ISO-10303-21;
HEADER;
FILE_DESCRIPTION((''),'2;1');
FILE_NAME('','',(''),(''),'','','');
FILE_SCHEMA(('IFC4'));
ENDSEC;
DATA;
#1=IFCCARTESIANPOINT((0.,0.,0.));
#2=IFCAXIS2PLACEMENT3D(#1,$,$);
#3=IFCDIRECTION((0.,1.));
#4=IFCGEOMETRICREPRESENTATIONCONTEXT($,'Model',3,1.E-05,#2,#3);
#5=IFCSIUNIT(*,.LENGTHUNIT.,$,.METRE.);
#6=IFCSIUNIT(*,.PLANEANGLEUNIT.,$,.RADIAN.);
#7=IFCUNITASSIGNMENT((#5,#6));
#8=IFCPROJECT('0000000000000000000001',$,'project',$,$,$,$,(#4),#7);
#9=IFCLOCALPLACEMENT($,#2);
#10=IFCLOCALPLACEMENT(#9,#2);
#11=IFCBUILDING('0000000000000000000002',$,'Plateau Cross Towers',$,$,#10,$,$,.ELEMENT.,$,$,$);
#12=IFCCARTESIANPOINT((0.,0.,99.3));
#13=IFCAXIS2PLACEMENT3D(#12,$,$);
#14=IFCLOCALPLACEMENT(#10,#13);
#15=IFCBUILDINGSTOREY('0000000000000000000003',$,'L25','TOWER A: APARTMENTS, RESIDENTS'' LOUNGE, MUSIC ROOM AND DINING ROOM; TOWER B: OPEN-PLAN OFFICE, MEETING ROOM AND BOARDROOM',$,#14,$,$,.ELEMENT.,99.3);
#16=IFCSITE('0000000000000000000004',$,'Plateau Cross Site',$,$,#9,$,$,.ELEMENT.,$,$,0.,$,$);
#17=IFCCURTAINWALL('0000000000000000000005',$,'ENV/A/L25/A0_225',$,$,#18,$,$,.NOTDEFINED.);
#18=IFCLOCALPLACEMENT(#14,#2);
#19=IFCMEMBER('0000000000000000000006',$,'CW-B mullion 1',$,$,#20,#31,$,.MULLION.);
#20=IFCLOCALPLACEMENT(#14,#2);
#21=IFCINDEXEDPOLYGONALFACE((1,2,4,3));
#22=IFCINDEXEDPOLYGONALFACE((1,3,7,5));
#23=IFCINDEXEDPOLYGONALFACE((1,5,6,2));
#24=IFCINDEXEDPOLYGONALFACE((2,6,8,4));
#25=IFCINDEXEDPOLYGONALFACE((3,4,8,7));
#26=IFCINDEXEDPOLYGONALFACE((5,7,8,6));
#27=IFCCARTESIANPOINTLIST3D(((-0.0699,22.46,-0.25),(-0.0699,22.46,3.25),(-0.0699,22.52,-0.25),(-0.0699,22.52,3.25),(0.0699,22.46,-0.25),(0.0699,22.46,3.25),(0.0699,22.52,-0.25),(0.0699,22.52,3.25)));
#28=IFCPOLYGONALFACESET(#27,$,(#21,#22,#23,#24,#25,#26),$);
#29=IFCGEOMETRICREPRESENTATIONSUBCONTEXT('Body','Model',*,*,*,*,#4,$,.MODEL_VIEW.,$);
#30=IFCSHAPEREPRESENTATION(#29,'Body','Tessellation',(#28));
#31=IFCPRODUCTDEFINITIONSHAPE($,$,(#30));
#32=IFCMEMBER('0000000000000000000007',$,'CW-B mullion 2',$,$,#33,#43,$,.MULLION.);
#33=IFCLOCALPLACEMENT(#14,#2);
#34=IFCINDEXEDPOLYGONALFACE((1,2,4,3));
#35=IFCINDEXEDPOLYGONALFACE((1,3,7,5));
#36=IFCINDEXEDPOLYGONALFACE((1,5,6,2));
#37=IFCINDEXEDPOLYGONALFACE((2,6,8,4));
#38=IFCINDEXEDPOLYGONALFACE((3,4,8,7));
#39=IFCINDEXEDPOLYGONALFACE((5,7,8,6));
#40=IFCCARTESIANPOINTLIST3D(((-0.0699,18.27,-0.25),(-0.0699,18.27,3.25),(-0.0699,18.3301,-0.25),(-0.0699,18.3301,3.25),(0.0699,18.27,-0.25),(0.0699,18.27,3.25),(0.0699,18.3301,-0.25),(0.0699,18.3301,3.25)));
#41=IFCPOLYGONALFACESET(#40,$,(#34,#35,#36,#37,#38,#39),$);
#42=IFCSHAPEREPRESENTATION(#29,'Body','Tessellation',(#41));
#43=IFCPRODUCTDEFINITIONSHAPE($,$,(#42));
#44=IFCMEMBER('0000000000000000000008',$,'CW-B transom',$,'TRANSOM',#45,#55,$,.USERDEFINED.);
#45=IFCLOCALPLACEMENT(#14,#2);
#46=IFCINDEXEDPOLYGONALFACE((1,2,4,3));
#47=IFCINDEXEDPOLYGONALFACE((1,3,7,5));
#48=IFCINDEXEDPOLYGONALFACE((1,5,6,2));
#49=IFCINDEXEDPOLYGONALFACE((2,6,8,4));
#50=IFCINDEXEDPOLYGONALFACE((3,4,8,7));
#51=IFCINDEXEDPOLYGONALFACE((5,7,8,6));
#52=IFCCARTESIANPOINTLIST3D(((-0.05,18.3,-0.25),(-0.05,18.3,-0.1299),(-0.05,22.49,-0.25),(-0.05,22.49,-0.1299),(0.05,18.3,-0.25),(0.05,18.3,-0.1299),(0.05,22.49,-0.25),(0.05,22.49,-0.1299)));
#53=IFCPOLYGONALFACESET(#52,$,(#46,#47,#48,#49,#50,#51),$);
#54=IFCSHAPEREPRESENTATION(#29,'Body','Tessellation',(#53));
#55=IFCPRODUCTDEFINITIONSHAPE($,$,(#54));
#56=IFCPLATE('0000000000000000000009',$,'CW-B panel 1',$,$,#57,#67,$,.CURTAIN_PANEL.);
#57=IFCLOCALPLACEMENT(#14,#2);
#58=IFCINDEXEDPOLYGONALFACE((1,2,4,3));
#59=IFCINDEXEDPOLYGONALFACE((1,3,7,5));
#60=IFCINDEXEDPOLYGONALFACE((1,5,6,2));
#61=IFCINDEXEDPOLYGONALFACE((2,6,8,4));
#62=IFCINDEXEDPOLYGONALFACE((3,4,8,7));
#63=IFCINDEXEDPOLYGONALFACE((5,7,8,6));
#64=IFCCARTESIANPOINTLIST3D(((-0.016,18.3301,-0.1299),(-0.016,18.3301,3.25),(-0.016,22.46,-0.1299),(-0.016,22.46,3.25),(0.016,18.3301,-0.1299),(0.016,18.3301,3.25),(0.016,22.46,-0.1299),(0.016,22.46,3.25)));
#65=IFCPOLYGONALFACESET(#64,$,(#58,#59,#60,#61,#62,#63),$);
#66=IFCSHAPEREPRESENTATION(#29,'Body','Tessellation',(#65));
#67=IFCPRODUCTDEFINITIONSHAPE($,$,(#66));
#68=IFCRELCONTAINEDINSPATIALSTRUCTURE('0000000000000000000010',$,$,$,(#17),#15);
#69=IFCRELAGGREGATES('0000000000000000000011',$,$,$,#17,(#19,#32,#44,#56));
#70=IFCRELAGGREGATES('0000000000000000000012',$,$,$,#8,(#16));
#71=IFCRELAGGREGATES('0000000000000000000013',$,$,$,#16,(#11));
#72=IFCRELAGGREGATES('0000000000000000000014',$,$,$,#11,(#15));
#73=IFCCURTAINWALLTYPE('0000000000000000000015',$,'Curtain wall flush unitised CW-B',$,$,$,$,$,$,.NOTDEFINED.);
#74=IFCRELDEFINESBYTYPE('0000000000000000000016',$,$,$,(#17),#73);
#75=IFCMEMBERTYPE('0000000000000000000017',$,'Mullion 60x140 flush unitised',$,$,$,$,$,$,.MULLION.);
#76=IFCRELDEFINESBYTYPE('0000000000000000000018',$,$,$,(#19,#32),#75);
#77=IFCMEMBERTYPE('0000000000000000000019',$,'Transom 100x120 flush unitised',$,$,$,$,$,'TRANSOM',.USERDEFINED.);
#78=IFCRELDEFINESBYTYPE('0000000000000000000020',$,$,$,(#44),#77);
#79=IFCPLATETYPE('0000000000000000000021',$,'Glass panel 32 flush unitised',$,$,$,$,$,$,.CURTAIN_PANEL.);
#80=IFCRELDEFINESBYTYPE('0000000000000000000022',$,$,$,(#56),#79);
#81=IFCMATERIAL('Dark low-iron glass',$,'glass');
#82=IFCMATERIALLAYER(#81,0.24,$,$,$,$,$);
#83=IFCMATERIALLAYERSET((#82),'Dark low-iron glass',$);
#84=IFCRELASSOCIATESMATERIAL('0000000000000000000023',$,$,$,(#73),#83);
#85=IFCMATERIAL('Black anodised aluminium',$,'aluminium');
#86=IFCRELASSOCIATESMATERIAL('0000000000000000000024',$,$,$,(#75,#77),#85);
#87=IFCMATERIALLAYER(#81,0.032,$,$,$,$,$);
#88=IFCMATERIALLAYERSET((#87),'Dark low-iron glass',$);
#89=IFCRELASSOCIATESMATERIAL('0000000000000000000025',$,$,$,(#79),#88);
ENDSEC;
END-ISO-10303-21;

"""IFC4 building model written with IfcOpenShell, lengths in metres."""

from ifc_helpers import new_model, si_unit, direction, frame, origin, origin_2d, place, context, subcontext, project, spatial, rectangle, extrude, material, layer, layer_set, material_profile, profile_set, type_object, element, aggregate, save


model = new_model("IFC4")

# Units and contexts
model_context = context("Model", 3, precision=1e-05, world=origin(), true_north=direction((0.0, 1.0)))
body_context = subcontext(model_context, "Body", "Model", "MODEL_VIEW")
ifc_project = project(units=[si_unit("LENGTHUNIT", "METRE"), si_unit("PLANEANGLEUNIT", "RADIAN")], contexts=[model_context])

# Site, building, storey
site_placement = place(None, origin())
site = spatial("IfcSite", under=ifc_project, at=site_placement, Name="Plateau Cross Site", CompositionType="ELEMENT", RefElevation=0.0)
building_placement = place(site_placement, origin())
building = spatial("IfcBuilding", under=site, at=building_placement, Name="Plateau Cross Towers", CompositionType="ELEMENT")
storey_placement = place(building_placement, frame((0.0, 0.0, 99.3)))
storey = spatial("IfcBuildingStorey", under=building, at=storey_placement, Name="L25", Description="TOWER A: APARTMENTS, RESIDENTS' LOUNGE, MUSIC ROOM AND DINING ROOM; TOWER B: OPEN-PLAN OFFICE, MEETING ROOM AND BOARDROOM", CompositionType="ELEMENT", Elevation=99.3)

# Curtain wall, members, plate
ifc_material_1 = material(Name="Dark low-iron glass", Category="glass")
ifc_layer_1 = layer(ifc_material_1, 0.24)
ifc_layer_set_1 = layer_set([ifc_layer_1], Name="Dark low-iron glass")
curtain_wall_type = type_object("IfcCurtainWallType", Name="Curtain wall flush unitised CW-B", PredefinedType="NOTDEFINED", material=ifc_layer_set_1)
curtain_wall_placement = place(storey_placement, origin())
curtain_wall = element("IfcCurtainWall", 1, at=curtain_wall_placement, inside=storey, type_object=curtain_wall_type, Name="ENV/A/L25/A0_225", PredefinedType="NOTDEFINED")
ifc_material_2 = material(Name="Black anodised aluminium", Category="aluminium")
ifc_material_profile_1 = material_profile(ifc_material_2, rectangle(XDim=0.0601, YDim=0.1399, at=origin_2d()), Name="MULLION 60x140")
ifc_profile_set_1 = profile_set([ifc_material_profile_1], Name="Black anodised aluminium")
member_type_1 = type_object("IfcMemberType", Name="Mullion 60x140 flush unitised", PredefinedType="MULLION", material=ifc_profile_set_1)
member_1_placement = place(storey_placement, frame((0.0, 22.49, -0.25), z_axis=(0.0, 0.0, 1.0), x_axis=(0.0, -1.0, 0.0)))
member_1 = element("IfcMember", 2, at=member_1_placement, type_object=member_type_1, Name="CW-B mullion 1", PredefinedType="MULLION", context=body_context, shape_type="SweptSolid", body=[
    extrude(rectangle(XDim=0.0601, YDim=0.1399, at=origin_2d()), origin(), (0.0, 0.0, 1.0), 3.5),
])
member_2_placement = place(storey_placement, frame((0.0, 18.3, -0.25), z_axis=(0.0, 0.0, 1.0), x_axis=(0.0, -1.0, 0.0)))
member_2 = element("IfcMember", 3, at=member_2_placement, type_object=member_type_1, Name="CW-B mullion 2", PredefinedType="MULLION", context=body_context, shape_type="SweptSolid", body=[
    extrude(rectangle(XDim=0.0601, YDim=0.1399, at=origin_2d()), origin(), (0.0, 0.0, 1.0), 3.5),
])
ifc_material_profile_2 = material_profile(ifc_material_2, rectangle(XDim=0.1001, YDim=0.1201, at=origin_2d()), Name="TRANSOM 100x120")
ifc_profile_set_2 = profile_set([ifc_material_profile_2], Name="Black anodised aluminium")
member_type_2 = type_object("IfcMemberType", Name="Transom 100x120 flush unitised", ElementType="TRANSOM", PredefinedType="USERDEFINED", material=ifc_profile_set_2)
member_3_placement = place(storey_placement, frame((0.0, 22.49, -0.1899), z_axis=(0.0, -1.0, 0.0), x_axis=(1.0, 0.0, 0.0)))
member_3 = element("IfcMember", 4, at=member_3_placement, type_object=member_type_2, Name="CW-B transom", ObjectType="TRANSOM", PredefinedType="USERDEFINED", context=body_context, shape_type="SweptSolid", body=[
    extrude(rectangle(XDim=0.1001, YDim=0.1201, at=origin_2d()), origin(), (0.0, 0.0, 1.0), 4.1899),
])
ifc_layer_2 = layer(ifc_material_1, 0.032)
ifc_layer_set_2 = layer_set([ifc_layer_2], Name="Dark low-iron glass")
plate_type = type_object("IfcPlateType", Name="Glass panel 32 flush unitised", PredefinedType="CURTAIN_PANEL", material=ifc_layer_set_2)
plate_placement = place(storey_placement, frame((0.0, 20.395, -0.1299), z_axis=(0.0, 0.0, 1.0), x_axis=(0.0, -1.0, 0.0)))
plate = element("IfcPlate", 5, at=plate_placement, type_object=plate_type, Name="CW-B panel 1", PredefinedType="CURTAIN_PANEL", context=body_context, shape_type="SweptSolid", body=[
    extrude(rectangle(XDim=4.1299, YDim=0.032, at=origin_2d()), origin(), (0.0, 0.0, 1.0), 3.3799),
])
aggregate(curtain_wall, [member_1, member_2, member_3, plate])

save(model, "model.ifc")
